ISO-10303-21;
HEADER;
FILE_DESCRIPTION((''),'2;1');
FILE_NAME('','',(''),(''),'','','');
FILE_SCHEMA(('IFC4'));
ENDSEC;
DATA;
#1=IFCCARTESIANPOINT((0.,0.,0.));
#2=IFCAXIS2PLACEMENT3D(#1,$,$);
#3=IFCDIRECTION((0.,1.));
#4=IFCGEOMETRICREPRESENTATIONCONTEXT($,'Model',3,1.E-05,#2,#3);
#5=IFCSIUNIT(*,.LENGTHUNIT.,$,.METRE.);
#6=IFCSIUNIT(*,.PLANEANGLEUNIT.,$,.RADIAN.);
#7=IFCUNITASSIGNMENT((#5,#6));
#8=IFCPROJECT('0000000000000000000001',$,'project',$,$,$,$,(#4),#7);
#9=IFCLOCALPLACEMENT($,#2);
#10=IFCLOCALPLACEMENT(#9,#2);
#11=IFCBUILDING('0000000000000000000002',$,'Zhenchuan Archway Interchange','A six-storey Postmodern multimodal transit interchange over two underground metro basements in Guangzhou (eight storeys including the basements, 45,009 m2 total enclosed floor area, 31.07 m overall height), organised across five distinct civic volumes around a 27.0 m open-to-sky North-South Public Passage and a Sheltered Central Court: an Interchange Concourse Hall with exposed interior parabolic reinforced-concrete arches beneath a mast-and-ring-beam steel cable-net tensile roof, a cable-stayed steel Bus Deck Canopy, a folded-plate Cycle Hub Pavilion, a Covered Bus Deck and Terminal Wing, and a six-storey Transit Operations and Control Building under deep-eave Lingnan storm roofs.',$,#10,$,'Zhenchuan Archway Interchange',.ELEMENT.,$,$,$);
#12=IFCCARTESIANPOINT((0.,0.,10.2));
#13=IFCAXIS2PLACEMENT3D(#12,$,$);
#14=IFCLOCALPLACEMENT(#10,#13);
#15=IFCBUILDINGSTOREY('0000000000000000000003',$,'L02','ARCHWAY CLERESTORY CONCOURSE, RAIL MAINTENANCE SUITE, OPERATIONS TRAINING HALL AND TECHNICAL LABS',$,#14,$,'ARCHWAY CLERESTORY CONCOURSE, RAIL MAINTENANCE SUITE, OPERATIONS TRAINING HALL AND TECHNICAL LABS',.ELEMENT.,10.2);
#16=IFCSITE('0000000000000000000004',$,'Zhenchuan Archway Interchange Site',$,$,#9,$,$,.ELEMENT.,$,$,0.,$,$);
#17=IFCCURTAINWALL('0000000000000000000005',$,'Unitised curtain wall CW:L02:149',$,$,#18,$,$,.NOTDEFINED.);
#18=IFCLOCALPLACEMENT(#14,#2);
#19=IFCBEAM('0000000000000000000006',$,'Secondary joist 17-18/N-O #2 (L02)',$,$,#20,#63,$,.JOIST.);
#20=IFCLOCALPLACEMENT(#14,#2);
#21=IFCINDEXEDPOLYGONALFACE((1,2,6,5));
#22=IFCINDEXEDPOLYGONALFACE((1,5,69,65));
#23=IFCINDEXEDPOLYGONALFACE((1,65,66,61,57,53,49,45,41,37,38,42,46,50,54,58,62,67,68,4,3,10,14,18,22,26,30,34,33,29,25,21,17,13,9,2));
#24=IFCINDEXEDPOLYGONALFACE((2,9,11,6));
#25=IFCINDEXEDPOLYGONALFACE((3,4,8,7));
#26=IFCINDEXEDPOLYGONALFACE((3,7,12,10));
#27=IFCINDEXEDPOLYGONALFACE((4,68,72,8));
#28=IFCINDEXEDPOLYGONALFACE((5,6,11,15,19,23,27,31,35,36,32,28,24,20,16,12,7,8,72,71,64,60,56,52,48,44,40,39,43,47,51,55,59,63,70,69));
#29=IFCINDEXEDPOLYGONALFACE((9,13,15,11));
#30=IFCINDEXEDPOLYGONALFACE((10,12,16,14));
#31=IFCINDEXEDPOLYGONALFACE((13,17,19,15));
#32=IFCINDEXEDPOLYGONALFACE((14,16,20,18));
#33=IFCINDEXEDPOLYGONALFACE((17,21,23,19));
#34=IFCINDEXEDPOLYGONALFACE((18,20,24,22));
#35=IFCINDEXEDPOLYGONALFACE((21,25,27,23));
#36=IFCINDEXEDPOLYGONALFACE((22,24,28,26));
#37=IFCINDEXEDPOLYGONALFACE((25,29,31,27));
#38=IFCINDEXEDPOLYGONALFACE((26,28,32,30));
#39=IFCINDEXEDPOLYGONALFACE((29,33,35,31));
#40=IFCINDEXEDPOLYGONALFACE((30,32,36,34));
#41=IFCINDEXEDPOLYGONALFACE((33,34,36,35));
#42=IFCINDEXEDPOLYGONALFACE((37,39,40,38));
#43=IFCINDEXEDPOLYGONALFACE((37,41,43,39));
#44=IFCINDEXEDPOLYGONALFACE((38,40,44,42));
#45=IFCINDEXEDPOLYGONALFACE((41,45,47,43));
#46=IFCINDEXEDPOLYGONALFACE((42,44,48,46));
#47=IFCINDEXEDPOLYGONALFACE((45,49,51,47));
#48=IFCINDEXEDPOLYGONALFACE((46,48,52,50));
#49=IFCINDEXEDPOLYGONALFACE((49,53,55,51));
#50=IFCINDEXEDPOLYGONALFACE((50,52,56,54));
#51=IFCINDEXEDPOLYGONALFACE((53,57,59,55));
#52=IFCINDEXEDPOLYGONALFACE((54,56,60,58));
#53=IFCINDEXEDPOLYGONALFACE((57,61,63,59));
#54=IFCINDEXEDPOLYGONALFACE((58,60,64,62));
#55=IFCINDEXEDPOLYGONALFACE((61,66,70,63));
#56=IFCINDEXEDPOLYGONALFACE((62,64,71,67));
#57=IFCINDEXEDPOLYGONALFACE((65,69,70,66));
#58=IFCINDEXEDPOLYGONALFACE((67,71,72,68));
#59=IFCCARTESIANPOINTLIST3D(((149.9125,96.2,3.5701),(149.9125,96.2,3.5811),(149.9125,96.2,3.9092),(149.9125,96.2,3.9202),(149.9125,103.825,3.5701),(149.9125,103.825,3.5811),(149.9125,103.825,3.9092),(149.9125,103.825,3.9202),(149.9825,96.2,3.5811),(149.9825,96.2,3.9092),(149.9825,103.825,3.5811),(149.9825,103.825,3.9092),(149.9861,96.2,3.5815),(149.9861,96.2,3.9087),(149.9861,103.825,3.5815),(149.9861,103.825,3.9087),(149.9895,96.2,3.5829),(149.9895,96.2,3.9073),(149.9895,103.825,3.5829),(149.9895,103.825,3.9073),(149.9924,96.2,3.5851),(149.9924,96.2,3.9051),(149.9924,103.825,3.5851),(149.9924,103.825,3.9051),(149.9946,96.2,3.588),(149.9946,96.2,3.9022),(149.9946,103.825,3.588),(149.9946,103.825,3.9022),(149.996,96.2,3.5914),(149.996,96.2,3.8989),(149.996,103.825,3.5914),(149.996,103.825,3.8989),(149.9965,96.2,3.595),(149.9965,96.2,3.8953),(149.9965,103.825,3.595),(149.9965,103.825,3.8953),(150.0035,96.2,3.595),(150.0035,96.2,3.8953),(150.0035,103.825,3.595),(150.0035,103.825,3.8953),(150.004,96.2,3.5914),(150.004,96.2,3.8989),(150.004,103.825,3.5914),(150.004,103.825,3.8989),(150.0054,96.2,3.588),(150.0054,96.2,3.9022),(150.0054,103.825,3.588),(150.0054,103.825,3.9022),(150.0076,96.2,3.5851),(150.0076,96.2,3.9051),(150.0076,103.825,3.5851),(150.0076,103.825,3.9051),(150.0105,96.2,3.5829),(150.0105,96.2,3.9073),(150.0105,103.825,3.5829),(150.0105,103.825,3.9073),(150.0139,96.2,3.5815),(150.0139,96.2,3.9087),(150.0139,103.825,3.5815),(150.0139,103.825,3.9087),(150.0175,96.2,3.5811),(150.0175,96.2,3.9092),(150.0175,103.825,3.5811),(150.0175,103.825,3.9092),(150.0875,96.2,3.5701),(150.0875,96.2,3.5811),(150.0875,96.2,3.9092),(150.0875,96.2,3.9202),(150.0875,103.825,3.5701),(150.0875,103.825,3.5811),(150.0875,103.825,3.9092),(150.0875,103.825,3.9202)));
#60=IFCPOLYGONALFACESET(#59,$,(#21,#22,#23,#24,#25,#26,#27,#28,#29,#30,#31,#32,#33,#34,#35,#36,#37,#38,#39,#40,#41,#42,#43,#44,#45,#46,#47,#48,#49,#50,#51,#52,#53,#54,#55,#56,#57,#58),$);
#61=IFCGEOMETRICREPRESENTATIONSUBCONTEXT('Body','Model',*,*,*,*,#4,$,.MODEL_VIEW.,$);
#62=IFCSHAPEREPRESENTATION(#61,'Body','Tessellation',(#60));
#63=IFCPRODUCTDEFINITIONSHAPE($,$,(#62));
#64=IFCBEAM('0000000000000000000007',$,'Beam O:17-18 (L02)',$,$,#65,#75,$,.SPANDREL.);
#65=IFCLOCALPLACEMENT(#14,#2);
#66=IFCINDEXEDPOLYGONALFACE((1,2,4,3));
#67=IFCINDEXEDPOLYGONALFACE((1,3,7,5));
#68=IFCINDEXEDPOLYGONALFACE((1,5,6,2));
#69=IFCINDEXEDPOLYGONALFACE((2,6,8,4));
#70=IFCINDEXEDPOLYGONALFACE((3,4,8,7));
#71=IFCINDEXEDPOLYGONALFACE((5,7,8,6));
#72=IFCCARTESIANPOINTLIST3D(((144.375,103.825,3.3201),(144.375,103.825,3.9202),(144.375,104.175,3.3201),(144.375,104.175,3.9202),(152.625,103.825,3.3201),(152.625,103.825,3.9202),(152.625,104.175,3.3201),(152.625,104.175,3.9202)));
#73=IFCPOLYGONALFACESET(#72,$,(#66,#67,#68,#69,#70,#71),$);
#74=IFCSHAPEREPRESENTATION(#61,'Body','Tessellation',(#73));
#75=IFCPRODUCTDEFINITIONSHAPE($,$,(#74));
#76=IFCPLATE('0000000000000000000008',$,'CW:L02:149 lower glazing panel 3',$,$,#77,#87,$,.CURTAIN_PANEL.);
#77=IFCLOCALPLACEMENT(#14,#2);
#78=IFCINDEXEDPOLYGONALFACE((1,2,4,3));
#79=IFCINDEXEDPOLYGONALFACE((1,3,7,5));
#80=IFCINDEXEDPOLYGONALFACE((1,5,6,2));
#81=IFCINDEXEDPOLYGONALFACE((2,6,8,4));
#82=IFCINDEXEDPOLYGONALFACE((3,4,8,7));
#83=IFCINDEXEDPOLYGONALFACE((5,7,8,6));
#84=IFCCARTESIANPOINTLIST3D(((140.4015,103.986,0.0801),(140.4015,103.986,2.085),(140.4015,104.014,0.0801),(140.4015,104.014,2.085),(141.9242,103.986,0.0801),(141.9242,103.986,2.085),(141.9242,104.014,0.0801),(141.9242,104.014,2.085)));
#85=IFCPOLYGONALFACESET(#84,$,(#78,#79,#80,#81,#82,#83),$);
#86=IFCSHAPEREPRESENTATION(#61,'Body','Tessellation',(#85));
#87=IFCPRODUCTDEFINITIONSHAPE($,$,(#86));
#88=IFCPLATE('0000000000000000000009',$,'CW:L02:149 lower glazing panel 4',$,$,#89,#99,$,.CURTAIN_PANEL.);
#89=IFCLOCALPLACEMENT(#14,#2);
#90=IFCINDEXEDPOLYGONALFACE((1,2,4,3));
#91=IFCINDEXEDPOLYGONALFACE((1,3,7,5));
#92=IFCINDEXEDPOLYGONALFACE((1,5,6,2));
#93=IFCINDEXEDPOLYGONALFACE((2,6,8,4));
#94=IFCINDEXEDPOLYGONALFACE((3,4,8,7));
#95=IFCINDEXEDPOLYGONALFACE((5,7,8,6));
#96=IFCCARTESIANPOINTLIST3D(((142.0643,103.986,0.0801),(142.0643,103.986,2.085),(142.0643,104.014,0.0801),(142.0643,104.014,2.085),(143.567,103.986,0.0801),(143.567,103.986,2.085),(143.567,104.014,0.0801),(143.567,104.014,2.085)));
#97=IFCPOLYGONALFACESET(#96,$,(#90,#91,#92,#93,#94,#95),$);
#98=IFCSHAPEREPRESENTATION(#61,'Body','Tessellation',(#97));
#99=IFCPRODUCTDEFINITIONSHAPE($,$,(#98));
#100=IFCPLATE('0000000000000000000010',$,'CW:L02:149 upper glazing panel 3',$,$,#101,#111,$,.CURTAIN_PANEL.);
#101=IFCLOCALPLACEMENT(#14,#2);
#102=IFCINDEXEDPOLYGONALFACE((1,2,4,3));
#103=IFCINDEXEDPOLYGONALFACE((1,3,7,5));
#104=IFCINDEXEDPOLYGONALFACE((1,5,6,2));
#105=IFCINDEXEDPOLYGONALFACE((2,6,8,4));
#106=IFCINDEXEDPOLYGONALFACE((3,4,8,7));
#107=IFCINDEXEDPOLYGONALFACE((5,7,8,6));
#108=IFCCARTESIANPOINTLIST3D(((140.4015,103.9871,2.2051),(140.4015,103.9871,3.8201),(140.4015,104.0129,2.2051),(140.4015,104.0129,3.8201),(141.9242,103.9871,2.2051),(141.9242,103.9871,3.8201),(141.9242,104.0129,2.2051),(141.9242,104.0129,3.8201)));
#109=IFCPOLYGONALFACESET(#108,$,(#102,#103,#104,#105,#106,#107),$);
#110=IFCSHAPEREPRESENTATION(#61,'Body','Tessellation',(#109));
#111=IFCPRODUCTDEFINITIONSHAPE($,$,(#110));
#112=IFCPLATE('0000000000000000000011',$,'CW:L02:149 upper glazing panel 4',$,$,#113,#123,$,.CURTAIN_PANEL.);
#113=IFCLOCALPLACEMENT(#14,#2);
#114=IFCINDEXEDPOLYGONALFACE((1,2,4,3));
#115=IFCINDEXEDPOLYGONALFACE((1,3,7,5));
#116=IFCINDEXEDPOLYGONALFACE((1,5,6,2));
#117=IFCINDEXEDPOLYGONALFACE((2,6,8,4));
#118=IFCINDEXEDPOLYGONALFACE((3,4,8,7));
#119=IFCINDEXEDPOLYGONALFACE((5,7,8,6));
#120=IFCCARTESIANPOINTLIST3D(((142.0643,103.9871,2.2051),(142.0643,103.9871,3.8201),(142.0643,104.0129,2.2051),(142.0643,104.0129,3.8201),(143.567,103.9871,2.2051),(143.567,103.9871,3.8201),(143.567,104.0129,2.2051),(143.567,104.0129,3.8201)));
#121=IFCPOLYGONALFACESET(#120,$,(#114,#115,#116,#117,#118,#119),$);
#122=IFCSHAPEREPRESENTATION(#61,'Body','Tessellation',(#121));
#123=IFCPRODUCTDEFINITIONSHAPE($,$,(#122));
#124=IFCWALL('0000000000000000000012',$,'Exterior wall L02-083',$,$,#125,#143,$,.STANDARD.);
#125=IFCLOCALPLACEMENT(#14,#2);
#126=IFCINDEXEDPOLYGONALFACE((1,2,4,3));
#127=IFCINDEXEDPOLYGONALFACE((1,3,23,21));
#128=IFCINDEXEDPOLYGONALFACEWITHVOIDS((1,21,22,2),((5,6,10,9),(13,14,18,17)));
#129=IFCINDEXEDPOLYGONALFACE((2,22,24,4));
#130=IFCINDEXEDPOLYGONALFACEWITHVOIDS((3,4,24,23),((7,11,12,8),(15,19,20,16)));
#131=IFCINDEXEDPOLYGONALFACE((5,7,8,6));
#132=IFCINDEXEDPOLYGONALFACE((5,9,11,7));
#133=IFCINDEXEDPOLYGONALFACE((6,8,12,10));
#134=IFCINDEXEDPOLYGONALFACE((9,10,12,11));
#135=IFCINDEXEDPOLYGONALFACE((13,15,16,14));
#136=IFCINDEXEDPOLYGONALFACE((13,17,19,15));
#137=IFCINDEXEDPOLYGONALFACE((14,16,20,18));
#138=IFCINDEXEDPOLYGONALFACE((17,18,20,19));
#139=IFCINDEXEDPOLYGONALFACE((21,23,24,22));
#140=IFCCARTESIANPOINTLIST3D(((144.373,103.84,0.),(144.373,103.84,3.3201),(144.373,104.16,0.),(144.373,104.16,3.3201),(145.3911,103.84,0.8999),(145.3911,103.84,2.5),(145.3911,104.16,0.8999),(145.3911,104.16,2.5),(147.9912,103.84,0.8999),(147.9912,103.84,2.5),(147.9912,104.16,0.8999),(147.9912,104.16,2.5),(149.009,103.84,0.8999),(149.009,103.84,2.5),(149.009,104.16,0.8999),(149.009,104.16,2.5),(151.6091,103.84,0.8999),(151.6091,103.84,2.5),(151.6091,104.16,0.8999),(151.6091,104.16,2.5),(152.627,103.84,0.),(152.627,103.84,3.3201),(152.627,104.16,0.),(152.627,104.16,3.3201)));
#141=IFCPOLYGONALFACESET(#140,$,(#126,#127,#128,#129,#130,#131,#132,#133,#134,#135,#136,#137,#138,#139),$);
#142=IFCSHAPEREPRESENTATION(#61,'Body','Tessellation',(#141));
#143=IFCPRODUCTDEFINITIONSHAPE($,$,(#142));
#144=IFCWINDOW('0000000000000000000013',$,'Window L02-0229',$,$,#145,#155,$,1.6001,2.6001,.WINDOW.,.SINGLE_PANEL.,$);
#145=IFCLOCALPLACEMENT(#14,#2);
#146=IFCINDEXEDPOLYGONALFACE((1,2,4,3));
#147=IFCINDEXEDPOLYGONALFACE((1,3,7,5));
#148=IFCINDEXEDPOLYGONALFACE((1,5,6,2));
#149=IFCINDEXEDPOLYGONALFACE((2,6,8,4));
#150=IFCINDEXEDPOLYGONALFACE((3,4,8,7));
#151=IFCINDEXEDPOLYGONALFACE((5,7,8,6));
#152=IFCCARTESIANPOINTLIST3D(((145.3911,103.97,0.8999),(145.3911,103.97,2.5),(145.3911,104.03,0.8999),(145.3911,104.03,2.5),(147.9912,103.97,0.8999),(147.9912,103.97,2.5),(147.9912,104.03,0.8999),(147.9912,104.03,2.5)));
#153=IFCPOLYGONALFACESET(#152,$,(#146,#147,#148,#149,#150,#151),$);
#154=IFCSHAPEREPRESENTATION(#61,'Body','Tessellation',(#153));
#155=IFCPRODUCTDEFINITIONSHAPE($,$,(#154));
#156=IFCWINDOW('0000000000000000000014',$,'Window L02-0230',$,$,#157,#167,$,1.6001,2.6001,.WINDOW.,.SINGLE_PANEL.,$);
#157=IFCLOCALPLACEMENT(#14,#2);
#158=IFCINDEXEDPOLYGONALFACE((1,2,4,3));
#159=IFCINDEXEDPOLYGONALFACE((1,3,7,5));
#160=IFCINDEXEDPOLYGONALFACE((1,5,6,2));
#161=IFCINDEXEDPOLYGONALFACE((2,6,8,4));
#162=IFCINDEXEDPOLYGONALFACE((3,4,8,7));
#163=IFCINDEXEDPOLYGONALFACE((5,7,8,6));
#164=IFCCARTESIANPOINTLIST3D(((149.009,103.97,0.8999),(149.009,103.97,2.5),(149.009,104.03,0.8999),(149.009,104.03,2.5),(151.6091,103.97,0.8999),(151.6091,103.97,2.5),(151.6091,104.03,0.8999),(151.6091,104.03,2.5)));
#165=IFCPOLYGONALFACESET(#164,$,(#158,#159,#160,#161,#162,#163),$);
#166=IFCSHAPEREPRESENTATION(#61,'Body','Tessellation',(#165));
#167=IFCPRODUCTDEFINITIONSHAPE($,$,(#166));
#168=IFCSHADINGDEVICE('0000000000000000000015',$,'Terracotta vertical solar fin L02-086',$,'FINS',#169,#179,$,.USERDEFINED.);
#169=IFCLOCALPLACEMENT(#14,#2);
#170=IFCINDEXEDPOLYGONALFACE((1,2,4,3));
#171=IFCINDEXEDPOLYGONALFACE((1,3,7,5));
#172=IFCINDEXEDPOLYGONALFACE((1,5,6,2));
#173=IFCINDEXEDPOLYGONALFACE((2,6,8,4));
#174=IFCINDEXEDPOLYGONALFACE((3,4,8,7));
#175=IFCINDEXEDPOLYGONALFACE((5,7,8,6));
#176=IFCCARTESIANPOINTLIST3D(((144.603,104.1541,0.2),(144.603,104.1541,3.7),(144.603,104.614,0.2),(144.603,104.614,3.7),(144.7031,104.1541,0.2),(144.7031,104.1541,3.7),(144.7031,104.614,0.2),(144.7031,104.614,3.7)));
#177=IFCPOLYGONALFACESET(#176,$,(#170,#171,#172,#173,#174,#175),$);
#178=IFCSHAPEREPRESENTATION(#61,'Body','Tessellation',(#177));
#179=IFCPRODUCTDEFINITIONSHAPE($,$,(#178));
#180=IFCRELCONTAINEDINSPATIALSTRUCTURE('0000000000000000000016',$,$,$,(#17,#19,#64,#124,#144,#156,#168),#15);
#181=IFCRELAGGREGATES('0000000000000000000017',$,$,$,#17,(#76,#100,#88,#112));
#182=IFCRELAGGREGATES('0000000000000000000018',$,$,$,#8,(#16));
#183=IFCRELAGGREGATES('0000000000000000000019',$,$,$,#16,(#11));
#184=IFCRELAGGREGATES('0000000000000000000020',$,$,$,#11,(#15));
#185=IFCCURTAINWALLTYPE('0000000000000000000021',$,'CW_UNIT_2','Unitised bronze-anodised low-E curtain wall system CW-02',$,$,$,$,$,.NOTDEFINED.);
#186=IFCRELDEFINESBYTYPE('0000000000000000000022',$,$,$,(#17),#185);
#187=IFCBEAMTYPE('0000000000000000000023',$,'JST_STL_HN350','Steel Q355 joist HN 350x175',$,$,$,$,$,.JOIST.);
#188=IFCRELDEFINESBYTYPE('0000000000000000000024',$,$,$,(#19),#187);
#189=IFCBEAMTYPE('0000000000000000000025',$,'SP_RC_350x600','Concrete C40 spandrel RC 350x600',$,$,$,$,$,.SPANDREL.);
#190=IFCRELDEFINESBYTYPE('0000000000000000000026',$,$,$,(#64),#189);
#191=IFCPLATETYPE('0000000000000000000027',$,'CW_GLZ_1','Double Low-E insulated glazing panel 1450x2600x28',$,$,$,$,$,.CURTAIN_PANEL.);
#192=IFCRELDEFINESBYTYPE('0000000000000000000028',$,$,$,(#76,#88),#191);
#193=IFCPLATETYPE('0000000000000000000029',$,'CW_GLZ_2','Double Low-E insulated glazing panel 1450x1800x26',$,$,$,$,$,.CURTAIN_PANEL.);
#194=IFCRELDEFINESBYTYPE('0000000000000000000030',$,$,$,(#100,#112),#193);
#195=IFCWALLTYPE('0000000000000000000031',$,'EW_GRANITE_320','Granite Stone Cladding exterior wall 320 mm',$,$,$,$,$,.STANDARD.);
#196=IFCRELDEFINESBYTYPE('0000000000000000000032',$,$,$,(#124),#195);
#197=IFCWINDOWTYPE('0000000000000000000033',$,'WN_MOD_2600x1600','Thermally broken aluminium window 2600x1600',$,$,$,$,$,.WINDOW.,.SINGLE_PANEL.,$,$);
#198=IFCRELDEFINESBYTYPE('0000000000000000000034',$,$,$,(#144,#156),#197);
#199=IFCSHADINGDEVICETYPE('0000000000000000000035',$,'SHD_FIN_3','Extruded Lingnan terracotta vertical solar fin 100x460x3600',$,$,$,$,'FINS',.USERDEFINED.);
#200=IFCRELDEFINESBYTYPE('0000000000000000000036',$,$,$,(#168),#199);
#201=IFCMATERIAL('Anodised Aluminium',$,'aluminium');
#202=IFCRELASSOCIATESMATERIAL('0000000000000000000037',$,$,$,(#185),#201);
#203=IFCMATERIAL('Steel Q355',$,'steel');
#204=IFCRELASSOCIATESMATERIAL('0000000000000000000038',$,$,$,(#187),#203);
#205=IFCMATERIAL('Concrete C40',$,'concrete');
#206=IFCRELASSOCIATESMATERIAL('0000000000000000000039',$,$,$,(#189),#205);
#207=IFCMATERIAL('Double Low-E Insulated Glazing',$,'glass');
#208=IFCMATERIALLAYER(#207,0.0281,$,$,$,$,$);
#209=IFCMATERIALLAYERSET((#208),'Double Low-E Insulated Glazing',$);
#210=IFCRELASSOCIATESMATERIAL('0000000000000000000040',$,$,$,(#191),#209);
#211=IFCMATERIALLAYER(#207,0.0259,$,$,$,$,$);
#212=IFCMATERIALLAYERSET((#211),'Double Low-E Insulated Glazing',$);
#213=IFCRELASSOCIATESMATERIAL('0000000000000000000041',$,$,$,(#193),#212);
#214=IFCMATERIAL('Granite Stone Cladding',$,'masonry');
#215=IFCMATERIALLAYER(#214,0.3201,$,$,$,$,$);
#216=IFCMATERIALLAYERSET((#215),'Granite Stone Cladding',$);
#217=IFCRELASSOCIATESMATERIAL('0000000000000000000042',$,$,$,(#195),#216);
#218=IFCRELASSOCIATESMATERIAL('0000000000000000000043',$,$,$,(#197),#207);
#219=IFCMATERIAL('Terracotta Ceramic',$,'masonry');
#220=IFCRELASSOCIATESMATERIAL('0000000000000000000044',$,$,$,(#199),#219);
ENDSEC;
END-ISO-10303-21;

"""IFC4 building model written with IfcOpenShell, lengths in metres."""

from ifc_helpers import new_model, si_unit, direction, frame, frame_2d, origin, origin_2d, place, context, subcontext, project, spatial, rectangle, i_section, extrude, material, layer, layer_set, material_profile, profile_set, type_object, element, fill, aggregate, save


model = new_model("IFC4")

# Units and contexts
model_context = context("Model", 3, precision=1e-05, world=origin(), true_north=direction((0.0, 1.0)))
body_context = subcontext(model_context, "Body", "Model", "MODEL_VIEW")
ifc_project = project(units=[si_unit("LENGTHUNIT", "METRE"), si_unit("PLANEANGLEUNIT", "RADIAN")], contexts=[model_context])

# Site, building, storey
site_placement = place(None, origin())
site = spatial("IfcSite", under=ifc_project, at=site_placement, Name="Zhenchuan Archway Interchange Site", CompositionType="ELEMENT", RefElevation=0.0)
building_placement = place(site_placement, origin())
building = spatial("IfcBuilding", under=site, at=building_placement, Name="Zhenchuan Archway Interchange", Description="A six-storey Postmodern multimodal transit interchange over two underground metro basements in Guangzhou (eight storeys including the basements, 45,009 m2 total enclosed floor area, 31.07 m overall height), organised across five distinct civic volumes around a 27.0 m open-to-sky North-South Public Passage and a Sheltered Central Court: an Interchange Concourse Hall with exposed interior parabolic reinforced-concrete arches beneath a mast-and-ring-beam steel cable-net tensile roof, a cable-stayed steel Bus Deck Canopy, a folded-plate Cycle Hub Pavilion, a Covered Bus Deck and Terminal Wing, and a six-storey Transit Operations and Control Building under deep-eave Lingnan storm roofs.", LongName="Zhenchuan Archway Interchange", CompositionType="ELEMENT")
storey_placement = place(building_placement, frame((0.0, 0.0, 10.2)))
storey = spatial("IfcBuildingStorey", under=building, at=storey_placement, Name="L02", Description="ARCHWAY CLERESTORY CONCOURSE, RAIL MAINTENANCE SUITE, OPERATIONS TRAINING HALL AND TECHNICAL LABS", LongName="ARCHWAY CLERESTORY CONCOURSE, RAIL MAINTENANCE SUITE, OPERATIONS TRAINING HALL AND TECHNICAL LABS", CompositionType="ELEMENT", Elevation=10.2)

# Shared definitions
ifc_material_1 = material(Name="Concrete C40", Category="concrete")

# Curtain wall
ifc_material_2 = material(Name="Anodised Aluminium", Category="aluminium")
curtain_wall_type = type_object("IfcCurtainWallType", Name="CW_UNIT_2", Description="Unitised bronze-anodised low-E curtain wall system CW-02", PredefinedType="NOTDEFINED", material=ifc_material_2)
curtain_wall_placement = place(storey_placement, origin())
curtain_wall = element("IfcCurtainWall", 1, at=curtain_wall_placement, inside=storey, type_object=curtain_wall_type, Name="Unitised curtain wall CW:L02:149", PredefinedType="NOTDEFINED")

# Beams
ifc_material_3 = material(Name="Steel Q355", Category="steel")
ifc_material_profile_1 = material_profile(ifc_material_3, i_section(OverallWidth=0.175, OverallDepth=0.3501, WebThickness=0.0071, FlangeThickness=0.011, FilletRadius=0.0139, at=origin_2d()), Name="HN 350x175")
ifc_profile_set_1 = profile_set([ifc_material_profile_1], Name="Steel Q355")
beam_type_1 = type_object("IfcBeamType", Name="JST_STL_HN350", Description="Steel Q355 joist HN 350x175", PredefinedType="JOIST", material=ifc_profile_set_1)
for number, where, z_axis, x_axis, name in (
    (2, (150.0, 96.2, 3.7451), (0.0, 1.0, 0.0), (-1.0, 0.0, 0.0), "Secondary joist 17-18/N-O #2 (L02)"),
):
    element("IfcBeam", number, at=place(storey_placement, frame(where, z_axis=z_axis, x_axis=x_axis)), inside=storey, type_object=beam_type_1, Name=name, PredefinedType="JOIST", context=body_context, shape_type="SweptSolid", body=[
        extrude(i_section(OverallWidth=0.175, OverallDepth=0.3501, WebThickness=0.0071, FlangeThickness=0.011, FilletRadius=0.0139, at=origin_2d()), origin(), (0.0, 0.0, 1.0), 7.625),
    ])
ifc_material_profile_2 = material_profile(ifc_material_1, rectangle(XDim=0.3501, YDim=0.6001, at=origin_2d()), Name="RC 350x600")
ifc_profile_set_2 = profile_set([ifc_material_profile_2], Name="Concrete C40")
beam_type_2 = type_object("IfcBeamType", Name="SP_RC_350x600", Description="Concrete C40 spandrel RC 350x600", PredefinedType="SPANDREL", material=ifc_profile_set_2)
beam_placement = place(storey_placement, frame((144.375, 104.0, 3.6201), z_axis=(1.0, 0.0, 0.0), x_axis=(0.0, 1.0, 0.0)))
element("IfcBeam", 3, at=beam_placement, inside=storey, type_object=beam_type_2, Name="Beam O:17-18 (L02)", PredefinedType="SPANDREL", context=body_context, shape_type="SweptSolid", body=[
    extrude(rectangle(XDim=0.3501, YDim=0.6001, at=origin_2d()), origin(), (0.0, 0.0, 1.0), 8.25),
])

# Plates
ifc_material_4 = material(Name="Double Low-E Insulated Glazing", Category="glass")
ifc_layer_1 = layer(ifc_material_4, 0.0281)
ifc_layer_set_1 = layer_set([ifc_layer_1], Name="Double Low-E Insulated Glazing")
plate_type_1 = type_object("IfcPlateType", Name="CW_GLZ_1", Description="Double Low-E insulated glazing panel 1450x2600x28", PredefinedType="CURTAIN_PANEL", material=ifc_layer_set_1)
plate_1_placement = place(storey_placement, frame((141.1628, 104.0, 0.0801), z_axis=(0.0, 0.0, 1.0), x_axis=(1.0, 0.0, 0.0)))
plate_1 = element("IfcPlate", 4, at=plate_1_placement, type_object=plate_type_1, Name="CW:L02:149 lower glazing panel 3", PredefinedType="CURTAIN_PANEL", context=body_context, shape_type="SweptSolid", body=[
    extrude(rectangle(XDim=1.5227, YDim=0.0281, at=origin_2d()), origin(), (0.0, 0.0, 1.0), 2.0049),
])
plate_2_placement = place(storey_placement, frame((142.8157, 104.0, 0.0801), z_axis=(0.0, 0.0, 1.0), x_axis=(1.0, 0.0, 0.0)))
plate_2 = element("IfcPlate", 5, at=plate_2_placement, type_object=plate_type_1, Name="CW:L02:149 lower glazing panel 4", PredefinedType="CURTAIN_PANEL", context=body_context, shape_type="SweptSolid", body=[
    extrude(rectangle(XDim=1.5027, YDim=0.0281, at=origin_2d()), origin(), (0.0, 0.0, 1.0), 2.0049),
])
ifc_layer_2 = layer(ifc_material_4, 0.0259)
ifc_layer_set_2 = layer_set([ifc_layer_2], Name="Double Low-E Insulated Glazing")
plate_type_2 = type_object("IfcPlateType", Name="CW_GLZ_2", Description="Double Low-E insulated glazing panel 1450x1800x26", PredefinedType="CURTAIN_PANEL", material=ifc_layer_set_2)
plate_3_placement = place(storey_placement, frame((141.1628, 104.0, 2.2051), z_axis=(0.0, 0.0, 1.0), x_axis=(1.0, 0.0, 0.0)))
plate_3 = element("IfcPlate", 6, at=plate_3_placement, type_object=plate_type_2, Name="CW:L02:149 upper glazing panel 3", PredefinedType="CURTAIN_PANEL", context=body_context, shape_type="SweptSolid", body=[
    extrude(rectangle(XDim=1.5227, YDim=0.0259, at=origin_2d()), origin(), (0.0, 0.0, 1.0), 1.615),
])
plate_4_placement = place(storey_placement, frame((142.8157, 104.0, 2.2051), z_axis=(0.0, 0.0, 1.0), x_axis=(1.0, 0.0, 0.0)))
plate_4 = element("IfcPlate", 7, at=plate_4_placement, type_object=plate_type_2, Name="CW:L02:149 upper glazing panel 4", PredefinedType="CURTAIN_PANEL", context=body_context, shape_type="SweptSolid", body=[
    extrude(rectangle(XDim=1.5027, YDim=0.0259, at=origin_2d()), origin(), (0.0, 0.0, 1.0), 1.615),
])
aggregate(curtain_wall, [plate_1, plate_3, plate_2, plate_4])

# Wall, openings, windows
ifc_material_5 = material(Name="Granite Stone Cladding", Category="masonry")
ifc_layer_3 = layer(ifc_material_5, 0.3201)
ifc_layer_set_3 = layer_set([ifc_layer_3], Name="Granite Stone Cladding")
wall_type = type_object("IfcWallType", Name="EW_GRANITE_320", Description="Granite Stone Cladding exterior wall 320 mm", PredefinedType="STANDARD", material=ifc_layer_set_3)
wall_placement = place(storey_placement, frame((144.373, 104.0, 0.0), z_axis=(0.0, 0.0, 1.0), x_axis=(1.0, 0.0, 0.0)))
wall = element("IfcWall", 8, at=wall_placement, inside=storey, type_object=wall_type, Name="Exterior wall L02-083", PredefinedType="STANDARD", context=body_context, shape_type="SweptSolid", body=[
    extrude(rectangle(XDim=8.2539, YDim=0.3201, at=frame_2d((4.127, 0.0))), origin(), (0.0, 0.0, 1.0), 3.3201),
])
opening_1_placement = place(wall_placement, frame((1.0181, 0.0, 0.8999)))
opening_1 = element("IfcOpeningElement", 9, at=opening_1_placement, cuts=wall, PredefinedType="OPENING", context=body_context, shape_type="SweptSolid", body=[
    extrude(rectangle(XDim=2.6001, YDim=1.6001, at=frame_2d((1.3, 0.8))), frame((0.0, 0.1719, 0.0), z_axis=(0.0, -1.0, 0.0), x_axis=(1.0, 0.0, 0.0)), (0.0, 0.0, 1.0), 0.344),
])
opening_2_placement = place(wall_placement, frame((4.636, 0.0, 0.8999)))
opening_2 = element("IfcOpeningElement", 10, at=opening_2_placement, cuts=wall, PredefinedType="OPENING", context=body_context, shape_type="SweptSolid", body=[
    extrude(rectangle(XDim=2.6001, YDim=1.6001, at=frame_2d((1.3, 0.8))), frame((0.0, 0.1719, 0.0), z_axis=(0.0, -1.0, 0.0), x_axis=(1.0, 0.0, 0.0)), (0.0, 0.0, 1.0), 0.344),
])
window_type = type_object("IfcWindowType", Name="WN_MOD_2600x1600", Description="Thermally broken aluminium window 2600x1600", PartitioningType="SINGLE_PANEL", PredefinedType="WINDOW", material=ifc_material_4)
window_1_placement = place(opening_1_placement, origin())
window_1 = element("IfcWindow", 11, at=window_1_placement, inside=storey, type_object=window_type, Name="Window L02-0229", OverallHeight=1.6001, OverallWidth=2.6001, PartitioningType="SINGLE_PANEL", PredefinedType="WINDOW", context=body_context, shape_type="SweptSolid", body=[
    extrude(rectangle(XDim=2.6001, YDim=1.6001, at=frame_2d((1.3, 0.8))), frame((0.0, 0.03, 0.0), z_axis=(0.0, -1.0, 0.0), x_axis=(1.0, 0.0, 0.0)), (0.0, 0.0, 1.0), 0.0601),
])
fill(opening_1, window_1)
window_2_placement = place(opening_2_placement, origin())
window_2 = element("IfcWindow", 12, at=window_2_placement, inside=storey, type_object=window_type, Name="Window L02-0230", OverallHeight=1.6001, OverallWidth=2.6001, PartitioningType="SINGLE_PANEL", PredefinedType="WINDOW", context=body_context, shape_type="SweptSolid", body=[
    extrude(rectangle(XDim=2.6001, YDim=1.6001, at=frame_2d((1.3, 0.8))), frame((0.0, 0.03, 0.0), z_axis=(0.0, -1.0, 0.0), x_axis=(1.0, 0.0, 0.0)), (0.0, 0.0, 1.0), 0.0601),
])
fill(opening_2, window_2)

# Shading device
ifc_material_6 = material(Name="Terracotta Ceramic", Category="masonry")
shading_device_type = type_object("IfcShadingDeviceType", Name="SHD_FIN_3", Description="Extruded Lingnan terracotta vertical solar fin 100x460x3600", ElementType="FINS", PredefinedType="USERDEFINED", material=ifc_material_6)
shading_device_placement = place(storey_placement, frame((144.6531, 104.384, 0.2), z_axis=(0.0, 0.0, 1.0), x_axis=(1.0, 0.0, 0.0)))
element("IfcShadingDevice", 13, at=shading_device_placement, inside=storey, type_object=shading_device_type, Name="Terracotta vertical solar fin L02-086", ObjectType="FINS", PredefinedType="USERDEFINED", context=body_context, shape_type="SweptSolid", body=[
    extrude(rectangle(XDim=0.1001, YDim=0.46, at=origin_2d()), origin(), (0.0, 0.0, 1.0), 3.5),
])

save(model, "model.ifc")
